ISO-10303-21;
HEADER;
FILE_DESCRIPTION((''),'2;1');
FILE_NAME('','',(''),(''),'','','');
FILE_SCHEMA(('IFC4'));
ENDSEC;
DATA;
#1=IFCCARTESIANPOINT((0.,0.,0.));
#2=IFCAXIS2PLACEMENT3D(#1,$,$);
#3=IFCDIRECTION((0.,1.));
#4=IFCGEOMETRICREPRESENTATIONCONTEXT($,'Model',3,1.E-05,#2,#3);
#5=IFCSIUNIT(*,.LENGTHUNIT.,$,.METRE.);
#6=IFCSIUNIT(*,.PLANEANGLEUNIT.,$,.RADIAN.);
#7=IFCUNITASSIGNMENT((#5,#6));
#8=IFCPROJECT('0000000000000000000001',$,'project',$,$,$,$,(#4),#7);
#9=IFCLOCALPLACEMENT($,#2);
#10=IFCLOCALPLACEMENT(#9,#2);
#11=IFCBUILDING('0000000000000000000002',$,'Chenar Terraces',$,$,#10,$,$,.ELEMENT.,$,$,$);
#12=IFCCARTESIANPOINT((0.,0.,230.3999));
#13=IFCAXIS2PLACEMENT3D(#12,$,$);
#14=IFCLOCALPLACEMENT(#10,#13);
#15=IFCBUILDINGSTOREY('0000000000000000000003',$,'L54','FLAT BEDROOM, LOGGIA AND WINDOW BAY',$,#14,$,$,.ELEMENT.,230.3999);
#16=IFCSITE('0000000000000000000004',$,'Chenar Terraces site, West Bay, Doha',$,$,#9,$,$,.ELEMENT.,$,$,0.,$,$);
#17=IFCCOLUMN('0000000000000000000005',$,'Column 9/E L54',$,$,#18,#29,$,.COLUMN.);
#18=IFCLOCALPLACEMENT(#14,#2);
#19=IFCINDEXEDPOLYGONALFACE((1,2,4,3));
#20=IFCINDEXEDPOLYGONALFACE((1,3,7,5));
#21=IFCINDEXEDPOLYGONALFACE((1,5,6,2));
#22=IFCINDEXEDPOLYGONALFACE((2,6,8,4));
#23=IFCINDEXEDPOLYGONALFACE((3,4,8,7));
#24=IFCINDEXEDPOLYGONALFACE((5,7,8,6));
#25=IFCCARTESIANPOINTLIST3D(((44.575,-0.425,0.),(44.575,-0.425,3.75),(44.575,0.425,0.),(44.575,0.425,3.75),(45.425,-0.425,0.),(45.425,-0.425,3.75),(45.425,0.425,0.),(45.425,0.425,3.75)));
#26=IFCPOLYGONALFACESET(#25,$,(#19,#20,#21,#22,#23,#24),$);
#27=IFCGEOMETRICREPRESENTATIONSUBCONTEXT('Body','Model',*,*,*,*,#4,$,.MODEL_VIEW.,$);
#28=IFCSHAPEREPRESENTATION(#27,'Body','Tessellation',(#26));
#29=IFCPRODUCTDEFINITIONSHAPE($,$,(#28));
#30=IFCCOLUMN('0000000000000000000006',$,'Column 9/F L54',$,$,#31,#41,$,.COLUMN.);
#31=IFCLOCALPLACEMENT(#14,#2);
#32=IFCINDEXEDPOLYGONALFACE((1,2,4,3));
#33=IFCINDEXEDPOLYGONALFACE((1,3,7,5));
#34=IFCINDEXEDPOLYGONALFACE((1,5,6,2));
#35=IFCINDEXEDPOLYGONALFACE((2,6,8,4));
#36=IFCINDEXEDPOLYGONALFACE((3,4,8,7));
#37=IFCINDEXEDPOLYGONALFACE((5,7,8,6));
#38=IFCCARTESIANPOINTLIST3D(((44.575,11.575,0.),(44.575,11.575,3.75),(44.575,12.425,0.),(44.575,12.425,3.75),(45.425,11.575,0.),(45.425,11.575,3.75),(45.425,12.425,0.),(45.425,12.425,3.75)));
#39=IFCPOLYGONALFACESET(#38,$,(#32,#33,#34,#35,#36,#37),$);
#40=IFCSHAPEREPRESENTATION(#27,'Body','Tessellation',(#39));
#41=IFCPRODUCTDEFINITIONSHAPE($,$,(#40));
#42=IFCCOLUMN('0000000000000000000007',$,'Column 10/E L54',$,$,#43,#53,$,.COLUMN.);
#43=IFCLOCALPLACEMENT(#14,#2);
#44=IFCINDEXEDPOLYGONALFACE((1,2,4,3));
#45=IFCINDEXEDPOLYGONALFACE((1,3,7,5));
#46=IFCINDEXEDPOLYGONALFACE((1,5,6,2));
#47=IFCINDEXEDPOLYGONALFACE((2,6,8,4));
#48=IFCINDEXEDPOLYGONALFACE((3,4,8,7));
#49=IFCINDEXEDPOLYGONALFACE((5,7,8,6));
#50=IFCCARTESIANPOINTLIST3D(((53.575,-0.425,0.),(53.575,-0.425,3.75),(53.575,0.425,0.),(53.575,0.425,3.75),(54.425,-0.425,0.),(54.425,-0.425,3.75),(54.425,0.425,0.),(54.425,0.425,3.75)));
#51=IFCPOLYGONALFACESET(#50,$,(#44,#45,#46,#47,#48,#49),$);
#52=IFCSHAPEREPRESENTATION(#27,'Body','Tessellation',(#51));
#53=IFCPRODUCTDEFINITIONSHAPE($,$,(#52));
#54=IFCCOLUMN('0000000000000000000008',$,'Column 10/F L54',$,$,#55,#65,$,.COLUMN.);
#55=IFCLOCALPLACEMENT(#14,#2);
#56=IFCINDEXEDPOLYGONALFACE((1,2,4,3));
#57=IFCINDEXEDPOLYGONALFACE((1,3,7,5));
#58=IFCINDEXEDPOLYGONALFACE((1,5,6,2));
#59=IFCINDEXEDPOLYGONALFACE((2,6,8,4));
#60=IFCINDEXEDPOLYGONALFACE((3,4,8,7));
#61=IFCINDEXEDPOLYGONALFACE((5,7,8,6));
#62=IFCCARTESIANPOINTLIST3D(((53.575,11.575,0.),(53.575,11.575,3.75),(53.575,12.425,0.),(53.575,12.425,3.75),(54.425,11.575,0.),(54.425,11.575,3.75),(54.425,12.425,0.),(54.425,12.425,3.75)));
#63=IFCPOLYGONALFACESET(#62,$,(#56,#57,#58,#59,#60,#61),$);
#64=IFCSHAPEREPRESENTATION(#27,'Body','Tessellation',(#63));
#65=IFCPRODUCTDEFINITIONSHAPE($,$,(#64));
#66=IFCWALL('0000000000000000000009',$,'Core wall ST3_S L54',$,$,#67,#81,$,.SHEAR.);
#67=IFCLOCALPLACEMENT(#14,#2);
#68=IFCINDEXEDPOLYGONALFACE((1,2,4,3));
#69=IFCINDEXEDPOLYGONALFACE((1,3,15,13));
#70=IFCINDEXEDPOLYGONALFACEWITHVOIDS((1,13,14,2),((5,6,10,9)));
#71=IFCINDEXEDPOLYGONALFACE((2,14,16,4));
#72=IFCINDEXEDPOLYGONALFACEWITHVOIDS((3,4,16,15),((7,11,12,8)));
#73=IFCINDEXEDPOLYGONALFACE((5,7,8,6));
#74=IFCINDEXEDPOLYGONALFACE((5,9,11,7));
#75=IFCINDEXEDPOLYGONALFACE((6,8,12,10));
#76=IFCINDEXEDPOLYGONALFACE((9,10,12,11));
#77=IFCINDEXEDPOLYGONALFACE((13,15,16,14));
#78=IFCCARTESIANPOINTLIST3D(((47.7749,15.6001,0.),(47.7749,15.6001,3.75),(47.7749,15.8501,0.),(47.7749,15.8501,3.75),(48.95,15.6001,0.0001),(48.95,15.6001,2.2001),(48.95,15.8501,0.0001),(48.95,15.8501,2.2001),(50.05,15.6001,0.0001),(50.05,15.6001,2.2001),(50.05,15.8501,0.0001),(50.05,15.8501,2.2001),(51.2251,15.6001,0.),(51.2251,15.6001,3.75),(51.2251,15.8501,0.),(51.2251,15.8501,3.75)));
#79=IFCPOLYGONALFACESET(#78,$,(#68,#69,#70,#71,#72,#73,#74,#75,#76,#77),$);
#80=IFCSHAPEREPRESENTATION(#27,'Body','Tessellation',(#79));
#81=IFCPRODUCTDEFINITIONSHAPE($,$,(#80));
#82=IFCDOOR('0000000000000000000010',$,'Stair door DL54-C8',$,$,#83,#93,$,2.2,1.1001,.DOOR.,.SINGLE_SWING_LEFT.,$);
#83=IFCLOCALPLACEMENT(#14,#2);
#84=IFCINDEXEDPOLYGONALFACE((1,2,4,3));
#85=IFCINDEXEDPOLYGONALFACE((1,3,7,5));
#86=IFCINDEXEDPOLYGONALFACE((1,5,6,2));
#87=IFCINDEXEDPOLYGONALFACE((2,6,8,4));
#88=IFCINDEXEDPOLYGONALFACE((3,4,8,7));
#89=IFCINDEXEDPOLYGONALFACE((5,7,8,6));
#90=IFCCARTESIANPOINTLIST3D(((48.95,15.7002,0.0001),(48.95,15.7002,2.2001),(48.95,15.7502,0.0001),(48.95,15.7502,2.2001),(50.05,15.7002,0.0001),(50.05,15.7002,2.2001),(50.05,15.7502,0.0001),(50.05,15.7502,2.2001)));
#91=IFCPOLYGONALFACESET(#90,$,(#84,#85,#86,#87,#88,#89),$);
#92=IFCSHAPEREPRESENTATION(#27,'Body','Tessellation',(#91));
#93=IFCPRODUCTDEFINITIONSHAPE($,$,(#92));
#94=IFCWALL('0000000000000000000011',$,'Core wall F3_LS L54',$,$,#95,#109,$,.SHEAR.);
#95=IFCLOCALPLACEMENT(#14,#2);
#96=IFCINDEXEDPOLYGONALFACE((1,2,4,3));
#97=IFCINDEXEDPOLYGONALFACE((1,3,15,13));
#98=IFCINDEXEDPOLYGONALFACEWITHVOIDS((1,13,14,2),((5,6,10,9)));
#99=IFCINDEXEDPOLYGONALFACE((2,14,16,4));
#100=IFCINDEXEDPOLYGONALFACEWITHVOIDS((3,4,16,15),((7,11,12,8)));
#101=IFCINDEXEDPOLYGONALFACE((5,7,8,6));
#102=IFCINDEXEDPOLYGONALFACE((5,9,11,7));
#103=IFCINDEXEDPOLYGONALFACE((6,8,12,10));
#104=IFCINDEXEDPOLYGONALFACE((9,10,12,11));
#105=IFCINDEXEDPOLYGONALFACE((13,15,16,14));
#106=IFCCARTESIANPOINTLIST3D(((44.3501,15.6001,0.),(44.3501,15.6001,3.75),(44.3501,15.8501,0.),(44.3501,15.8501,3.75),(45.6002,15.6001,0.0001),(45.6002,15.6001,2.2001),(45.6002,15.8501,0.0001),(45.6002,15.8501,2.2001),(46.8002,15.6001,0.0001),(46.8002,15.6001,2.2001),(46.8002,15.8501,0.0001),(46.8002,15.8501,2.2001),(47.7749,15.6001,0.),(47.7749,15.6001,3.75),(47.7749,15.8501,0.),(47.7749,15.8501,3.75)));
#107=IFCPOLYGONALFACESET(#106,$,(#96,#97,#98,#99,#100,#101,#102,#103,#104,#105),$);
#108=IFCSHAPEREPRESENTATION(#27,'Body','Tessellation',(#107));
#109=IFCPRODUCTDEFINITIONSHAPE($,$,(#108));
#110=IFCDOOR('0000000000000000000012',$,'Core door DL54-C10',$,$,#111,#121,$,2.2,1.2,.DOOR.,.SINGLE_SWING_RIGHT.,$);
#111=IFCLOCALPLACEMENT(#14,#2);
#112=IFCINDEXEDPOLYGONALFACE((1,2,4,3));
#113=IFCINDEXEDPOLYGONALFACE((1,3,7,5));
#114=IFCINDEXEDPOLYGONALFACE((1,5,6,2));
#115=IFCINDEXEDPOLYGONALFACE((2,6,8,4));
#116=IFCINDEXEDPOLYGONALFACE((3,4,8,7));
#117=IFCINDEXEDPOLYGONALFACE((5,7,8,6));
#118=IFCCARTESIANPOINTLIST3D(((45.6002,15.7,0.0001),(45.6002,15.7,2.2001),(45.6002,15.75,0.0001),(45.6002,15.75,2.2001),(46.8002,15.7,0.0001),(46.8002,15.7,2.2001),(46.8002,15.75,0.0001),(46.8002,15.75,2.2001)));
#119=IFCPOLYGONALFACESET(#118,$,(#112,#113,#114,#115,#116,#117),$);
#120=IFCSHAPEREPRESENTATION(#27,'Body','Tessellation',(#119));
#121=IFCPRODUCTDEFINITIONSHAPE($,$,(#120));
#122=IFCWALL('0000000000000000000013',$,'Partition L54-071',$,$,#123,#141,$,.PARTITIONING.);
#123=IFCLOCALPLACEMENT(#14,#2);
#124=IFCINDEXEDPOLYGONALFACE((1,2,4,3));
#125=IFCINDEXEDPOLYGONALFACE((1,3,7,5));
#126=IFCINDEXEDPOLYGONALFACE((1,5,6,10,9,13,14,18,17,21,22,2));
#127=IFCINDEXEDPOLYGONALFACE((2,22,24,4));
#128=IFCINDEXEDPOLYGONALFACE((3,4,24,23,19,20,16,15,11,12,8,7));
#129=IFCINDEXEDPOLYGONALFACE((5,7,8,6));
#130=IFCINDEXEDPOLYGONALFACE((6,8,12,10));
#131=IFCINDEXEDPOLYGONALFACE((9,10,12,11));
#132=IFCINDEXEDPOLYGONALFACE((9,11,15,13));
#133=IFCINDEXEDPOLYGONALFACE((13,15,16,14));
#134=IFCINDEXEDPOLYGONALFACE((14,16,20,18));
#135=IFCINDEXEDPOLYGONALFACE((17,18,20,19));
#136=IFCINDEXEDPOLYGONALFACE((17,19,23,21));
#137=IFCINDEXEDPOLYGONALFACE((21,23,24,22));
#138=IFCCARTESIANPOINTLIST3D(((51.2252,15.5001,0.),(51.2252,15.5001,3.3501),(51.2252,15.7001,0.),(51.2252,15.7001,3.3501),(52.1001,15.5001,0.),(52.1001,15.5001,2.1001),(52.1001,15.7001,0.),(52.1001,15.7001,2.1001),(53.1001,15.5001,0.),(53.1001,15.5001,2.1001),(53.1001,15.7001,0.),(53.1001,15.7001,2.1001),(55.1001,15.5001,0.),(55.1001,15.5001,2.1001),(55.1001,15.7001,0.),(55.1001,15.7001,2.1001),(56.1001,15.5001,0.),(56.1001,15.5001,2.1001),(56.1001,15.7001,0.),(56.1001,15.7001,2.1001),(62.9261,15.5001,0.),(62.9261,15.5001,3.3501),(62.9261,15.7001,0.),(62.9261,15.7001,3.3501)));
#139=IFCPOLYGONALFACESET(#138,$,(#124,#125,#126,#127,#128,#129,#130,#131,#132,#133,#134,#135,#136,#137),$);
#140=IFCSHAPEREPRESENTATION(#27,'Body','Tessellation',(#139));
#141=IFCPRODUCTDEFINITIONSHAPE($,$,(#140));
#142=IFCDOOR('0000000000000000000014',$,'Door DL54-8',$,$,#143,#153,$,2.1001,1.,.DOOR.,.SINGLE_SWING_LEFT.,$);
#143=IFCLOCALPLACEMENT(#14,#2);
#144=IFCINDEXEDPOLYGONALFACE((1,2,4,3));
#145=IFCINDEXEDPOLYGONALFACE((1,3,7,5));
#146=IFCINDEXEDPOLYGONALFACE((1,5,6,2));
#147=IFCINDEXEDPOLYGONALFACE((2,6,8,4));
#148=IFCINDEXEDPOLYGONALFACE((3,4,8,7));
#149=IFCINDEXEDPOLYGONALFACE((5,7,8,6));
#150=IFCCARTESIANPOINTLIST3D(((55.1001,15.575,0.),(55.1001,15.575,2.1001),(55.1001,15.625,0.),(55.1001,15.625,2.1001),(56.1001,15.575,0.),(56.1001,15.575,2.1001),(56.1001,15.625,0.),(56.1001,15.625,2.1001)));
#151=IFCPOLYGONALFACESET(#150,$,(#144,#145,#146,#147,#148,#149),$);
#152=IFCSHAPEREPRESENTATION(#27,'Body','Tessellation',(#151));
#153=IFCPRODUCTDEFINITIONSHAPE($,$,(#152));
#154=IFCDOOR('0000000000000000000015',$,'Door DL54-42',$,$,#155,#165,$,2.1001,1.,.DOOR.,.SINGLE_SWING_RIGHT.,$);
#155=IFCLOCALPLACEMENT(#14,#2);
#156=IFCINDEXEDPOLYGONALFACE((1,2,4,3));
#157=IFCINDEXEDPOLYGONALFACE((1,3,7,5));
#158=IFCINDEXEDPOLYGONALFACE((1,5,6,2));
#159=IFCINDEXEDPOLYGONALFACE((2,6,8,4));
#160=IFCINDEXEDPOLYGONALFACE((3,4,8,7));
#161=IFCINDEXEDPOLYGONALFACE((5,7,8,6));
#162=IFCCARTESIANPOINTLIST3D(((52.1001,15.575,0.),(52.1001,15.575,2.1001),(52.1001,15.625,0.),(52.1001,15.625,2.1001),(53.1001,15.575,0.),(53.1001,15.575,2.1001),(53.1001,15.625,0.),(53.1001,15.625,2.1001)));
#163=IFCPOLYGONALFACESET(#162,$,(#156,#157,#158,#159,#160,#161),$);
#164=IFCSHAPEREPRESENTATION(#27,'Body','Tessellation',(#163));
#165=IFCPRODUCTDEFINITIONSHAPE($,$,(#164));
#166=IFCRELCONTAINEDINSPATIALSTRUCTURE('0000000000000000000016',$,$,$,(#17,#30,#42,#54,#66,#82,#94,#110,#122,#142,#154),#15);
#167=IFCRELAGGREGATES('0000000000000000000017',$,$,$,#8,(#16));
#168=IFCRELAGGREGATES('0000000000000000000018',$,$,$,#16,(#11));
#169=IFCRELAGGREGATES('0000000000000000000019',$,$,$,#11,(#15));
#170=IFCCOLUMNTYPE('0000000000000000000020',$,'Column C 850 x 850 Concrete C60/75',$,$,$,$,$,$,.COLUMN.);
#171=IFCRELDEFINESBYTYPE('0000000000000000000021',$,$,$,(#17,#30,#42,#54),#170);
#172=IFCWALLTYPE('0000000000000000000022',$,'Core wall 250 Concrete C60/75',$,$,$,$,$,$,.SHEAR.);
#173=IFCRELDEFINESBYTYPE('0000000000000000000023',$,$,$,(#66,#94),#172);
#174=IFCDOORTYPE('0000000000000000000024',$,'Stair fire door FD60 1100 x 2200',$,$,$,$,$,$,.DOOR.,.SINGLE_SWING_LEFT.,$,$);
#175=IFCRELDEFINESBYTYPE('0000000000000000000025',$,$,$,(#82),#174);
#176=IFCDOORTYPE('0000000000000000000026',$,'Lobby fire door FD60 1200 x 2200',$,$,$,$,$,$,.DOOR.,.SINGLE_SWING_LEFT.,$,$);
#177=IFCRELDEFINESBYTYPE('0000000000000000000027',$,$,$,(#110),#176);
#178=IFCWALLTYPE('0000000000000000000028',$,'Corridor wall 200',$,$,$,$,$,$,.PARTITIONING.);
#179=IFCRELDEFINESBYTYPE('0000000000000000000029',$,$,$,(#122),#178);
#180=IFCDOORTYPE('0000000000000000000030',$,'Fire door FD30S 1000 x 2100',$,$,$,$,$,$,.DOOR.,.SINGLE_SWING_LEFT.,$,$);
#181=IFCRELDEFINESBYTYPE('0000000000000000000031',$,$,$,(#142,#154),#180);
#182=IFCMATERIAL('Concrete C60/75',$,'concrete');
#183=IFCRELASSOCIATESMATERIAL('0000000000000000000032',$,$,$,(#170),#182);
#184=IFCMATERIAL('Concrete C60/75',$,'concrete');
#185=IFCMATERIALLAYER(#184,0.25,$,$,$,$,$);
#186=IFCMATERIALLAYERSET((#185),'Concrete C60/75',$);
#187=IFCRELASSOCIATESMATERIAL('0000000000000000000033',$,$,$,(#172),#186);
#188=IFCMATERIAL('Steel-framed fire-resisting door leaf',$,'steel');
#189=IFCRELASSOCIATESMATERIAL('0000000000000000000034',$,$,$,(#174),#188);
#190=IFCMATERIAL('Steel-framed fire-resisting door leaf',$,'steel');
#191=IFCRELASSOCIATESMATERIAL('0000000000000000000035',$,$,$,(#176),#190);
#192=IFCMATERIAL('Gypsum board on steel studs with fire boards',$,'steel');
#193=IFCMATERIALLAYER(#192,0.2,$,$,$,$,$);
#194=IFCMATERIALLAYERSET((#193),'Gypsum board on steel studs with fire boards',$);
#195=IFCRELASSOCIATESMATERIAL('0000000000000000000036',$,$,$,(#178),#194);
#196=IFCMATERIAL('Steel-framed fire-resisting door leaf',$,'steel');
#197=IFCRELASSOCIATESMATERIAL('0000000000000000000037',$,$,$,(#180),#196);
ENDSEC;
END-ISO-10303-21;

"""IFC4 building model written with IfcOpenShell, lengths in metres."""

from ifc_helpers import new_model, si_unit, direction, frame, frame_2d, origin, origin_2d, place, context, subcontext, project, spatial, rectangle, extrude, material, layer, layer_set, material_profile, profile_set, type_object, element, fill, save


model = new_model("IFC4")

# Units and contexts
model_context = context("Model", 3, precision=1e-05, world=origin(), true_north=direction((0.0, 1.0)))
body_context = subcontext(model_context, "Body", "Model", "MODEL_VIEW")
ifc_project = project(units=[si_unit("LENGTHUNIT", "METRE"), si_unit("PLANEANGLEUNIT", "RADIAN")], contexts=[model_context])

# Site, building, storey
site_placement = place(None, origin())
site = spatial("IfcSite", under=ifc_project, at=site_placement, Name="Chenar Terraces site, West Bay, Doha", CompositionType="ELEMENT", RefElevation=0.0)
building_placement = place(site_placement, origin())
building = spatial("IfcBuilding", under=site, at=building_placement, Name="Chenar Terraces", CompositionType="ELEMENT")
storey_placement = place(building_placement, frame((0.0, 0.0, 230.3999)))
storey = spatial("IfcBuildingStorey", under=building, at=storey_placement, Name="L54", Description="FLAT BEDROOM, LOGGIA AND WINDOW BAY", CompositionType="ELEMENT", Elevation=230.3999)

# Columns
ifc_material_1 = material(Name="Concrete C60/75", Category="concrete")
ifc_material_profile = material_profile(ifc_material_1, rectangle(XDim=0.8501, YDim=0.8501, at=origin_2d()), Name="C 850 x 850")
ifc_profile_set = profile_set([ifc_material_profile], Name="Concrete C60/75")
column_type = type_object("IfcColumnType", Name="Column C 850 x 850 Concrete C60/75", PredefinedType="COLUMN", material=ifc_profile_set)
for number, where, z_axis, x_axis, name in (
    (1, (45.0, 0.0, 0.0), (0.0, 0.0, 1.0), (1.0, 0.0, 0.0), "Column 9/E L54"),
    (2, (45.0, 12.0, 0.0), (0.0, 0.0, 1.0), (1.0, 0.0, 0.0), "Column 9/F L54"),
    (3, (54.0, 0.0, 0.0), (0.0, 0.0, 1.0), (1.0, 0.0, 0.0), "Column 10/E L54"),
    (4, (54.0, 12.0, 0.0), (0.0, 0.0, 1.0), (1.0, 0.0, 0.0), "Column 10/F L54"),
):
    element("IfcColumn", number, at=place(storey_placement, frame(where, z_axis=z_axis, x_axis=x_axis)), inside=storey, type_object=column_type, Name=name, PredefinedType="COLUMN", context=body_context, shape_type="SweptSolid", body=[
        extrude(rectangle(XDim=0.8501, YDim=0.8501, at=origin_2d()), origin(), (0.0, 0.0, 1.0), 3.75),
    ])

# Walls, openings, doors
ifc_material_2 = material(Name="Concrete C60/75", Category="concrete")
ifc_layer_1 = layer(ifc_material_2, 0.25)
ifc_layer_set_1 = layer_set([ifc_layer_1], Name="Concrete C60/75")
wall_type_1 = type_object("IfcWallType", Name="Core wall 250 Concrete C60/75", PredefinedType="SHEAR", material=ifc_layer_set_1)
wall_1_placement = place(storey_placement, frame((47.7749, 15.7251, 0.0), z_axis=(0.0, 0.0, 1.0), x_axis=(1.0, 0.0, 0.0)))
wall_1 = element("IfcWall", 5, at=wall_1_placement, inside=storey, type_object=wall_type_1, Name="Core wall ST3_S L54", PredefinedType="SHEAR", context=body_context, shape_type="SweptSolid", body=[
    extrude(rectangle(XDim=3.4502, YDim=0.25, at=frame_2d((1.7251, 0.0))), origin(), (0.0, 0.0, 1.0), 3.75),
])
opening_1_placement = place(wall_1_placement, frame((1.175, 0.0, 0.0)))
opening_1 = element("IfcOpeningElement", 6, at=opening_1_placement, cuts=wall_1, PredefinedType="OPENING", context=body_context, shape_type="SweptSolid", body=[
    extrude(rectangle(XDim=1.1001, YDim=2.2, at=frame_2d((0.55, 1.1001))), frame((0.0, 0.135, 0.0), z_axis=(0.0, -1.0, 0.0), x_axis=(1.0, 0.0, 0.0)), (0.0, 0.0, 1.0), 0.27),
])
ifc_material_3 = material(Name="Steel-framed fire-resisting door leaf", Category="steel")
door_type_1 = type_object("IfcDoorType", Name="Stair fire door FD60 1100 x 2200", OperationType="SINGLE_SWING_LEFT", PredefinedType="DOOR", material=ifc_material_3)
door_1_placement = place(opening_1_placement, frame((1.1001, 0.0, 0.0), z_axis=(0.0, 0.0, 1.0), x_axis=(-1.0, 0.0, 0.0)))
door_1 = element("IfcDoor", 7, at=door_1_placement, inside=storey, type_object=door_type_1, Name="Stair door DL54-C8", OperationType="SINGLE_SWING_LEFT", OverallHeight=2.2, OverallWidth=1.1001, PredefinedType="DOOR", context=body_context, shape_type="SweptSolid", body=[
    extrude(rectangle(XDim=1.1001, YDim=2.2, at=frame_2d((0.55, 1.1001))), frame((0.0, 0.0249, 0.0), z_axis=(0.0, -1.0, 0.0), x_axis=(1.0, 0.0, 0.0)), (0.0, 0.0, 1.0), 0.05),
])
fill(opening_1, door_1)
wall_2_placement = place(storey_placement, frame((44.3501, 15.7251, 0.0), z_axis=(0.0, 0.0, 1.0), x_axis=(1.0, 0.0, 0.0)))
wall_2 = element("IfcWall", 8, at=wall_2_placement, inside=storey, type_object=wall_type_1, Name="Core wall F3_LS L54", PredefinedType="SHEAR", context=body_context, shape_type="SweptSolid", body=[
    extrude(rectangle(XDim=3.4248, YDim=0.25, at=frame_2d((1.7124, 0.0))), origin(), (0.0, 0.0, 1.0), 3.75),
])
opening_2_placement = place(wall_2_placement, frame((1.25, 0.0, 0.0)))
opening_2 = element("IfcOpeningElement", 9, at=opening_2_placement, cuts=wall_2, PredefinedType="OPENING", context=body_context, shape_type="SweptSolid", body=[
    extrude(rectangle(XDim=1.2, YDim=2.2, at=frame_2d((0.6001, 1.1001))), frame((0.0, 0.135, 0.0), z_axis=(0.0, -1.0, 0.0), x_axis=(1.0, 0.0, 0.0)), (0.0, 0.0, 1.0), 0.27),
])
ifc_material_4 = material(Name="Steel-framed fire-resisting door leaf", Category="steel")
door_type_2 = type_object("IfcDoorType", Name="Lobby fire door FD60 1200 x 2200", OperationType="SINGLE_SWING_LEFT", PredefinedType="DOOR", material=ifc_material_4)
door_2_placement = place(opening_2_placement, origin())
door_2 = element("IfcDoor", 10, at=door_2_placement, inside=storey, type_object=door_type_2, Name="Core door DL54-C10", OperationType="SINGLE_SWING_RIGHT", OverallHeight=2.2, OverallWidth=1.2, PredefinedType="DOOR", context=body_context, shape_type="SweptSolid", body=[
    extrude(rectangle(XDim=1.2, YDim=2.2, at=frame_2d((0.6001, 1.1001))), frame((0.0, 0.0249, 0.0), z_axis=(0.0, -1.0, 0.0), x_axis=(1.0, 0.0, 0.0)), (0.0, 0.0, 1.0), 0.05),
])
fill(opening_2, door_2)

# Wall, openings, doors
ifc_material_5 = material(Name="Gypsum board on steel studs with fire boards", Category="steel")
ifc_layer_2 = layer(ifc_material_5, 0.2)
ifc_layer_set_2 = layer_set([ifc_layer_2], Name="Gypsum board on steel studs with fire boards")
wall_type_2 = type_object("IfcWallType", Name="Corridor wall 200", PredefinedType="PARTITIONING", material=ifc_layer_set_2)
wall_3_placement = place(storey_placement, frame((51.2251, 15.6001, 0.0), z_axis=(0.0, 0.0, 1.0), x_axis=(1.0, 0.0, 0.0)))
wall_3 = element("IfcWall", 11, at=wall_3_placement, inside=storey, type_object=wall_type_2, Name="Partition L54-071", PredefinedType="PARTITIONING", context=body_context, shape_type="SweptSolid", body=[
    extrude(rectangle(XDim=11.7009, YDim=0.2, at=frame_2d((5.8506, 0.0))), origin(), (0.0, 0.0, 1.0), 3.3501),
])
opening_3_placement = place(wall_3_placement, frame((3.875, 0.0, 0.0)))
opening_3 = element("IfcOpeningElement", 12, at=opening_3_placement, cuts=wall_3, PredefinedType="OPENING", context=body_context, shape_type="SweptSolid", body=[
    extrude(rectangle(XDim=1.0, YDim=2.1001, at=frame_2d((0.5, 1.05))), frame((0.0, 0.1099, 0.0), z_axis=(0.0, -1.0, 0.0), x_axis=(1.0, 0.0, 0.0)), (0.0, 0.0, 1.0), 0.22),
])
opening_4_placement = place(wall_3_placement, frame((0.875, 0.0, 0.0)))
opening_4 = element("IfcOpeningElement", 13, at=opening_4_placement, cuts=wall_3, PredefinedType="OPENING", context=body_context, shape_type="SweptSolid", body=[
    extrude(rectangle(XDim=1.0, YDim=2.1001, at=frame_2d((0.5, 1.05))), frame((0.0, 0.1099, 0.0), z_axis=(0.0, -1.0, 0.0), x_axis=(1.0, 0.0, 0.0)), (0.0, 0.0, 1.0), 0.22),
])
ifc_material_6 = material(Name="Steel-framed fire-resisting door leaf", Category="steel")
door_type_3 = type_object("IfcDoorType", Name="Fire door FD30S 1000 x 2100", OperationType="SINGLE_SWING_LEFT", PredefinedType="DOOR", material=ifc_material_6)
door_3_placement = place(opening_3_placement, origin())
door_3 = element("IfcDoor", 14, at=door_3_placement, inside=storey, type_object=door_type_3, Name="Door DL54-8", OperationType="SINGLE_SWING_LEFT", OverallHeight=2.1001, OverallWidth=1.0, PredefinedType="DOOR", context=body_context, shape_type="SweptSolid", body=[
    extrude(rectangle(XDim=1.0, YDim=2.1001, at=frame_2d((0.5, 1.05))), frame((0.0, 0.0249, 0.0), z_axis=(0.0, -1.0, 0.0), x_axis=(1.0, 0.0, 0.0)), (0.0, 0.0, 1.0), 0.05),
])
fill(opening_3, door_3)
door_4_placement = place(opening_4_placement, origin())
door_4 = element("IfcDoor", 15, at=door_4_placement, inside=storey, type_object=door_type_3, Name="Door DL54-42", OperationType="SINGLE_SWING_RIGHT", OverallHeight=2.1001, OverallWidth=1.0, PredefinedType="DOOR", context=body_context, shape_type="SweptSolid", body=[
    extrude(rectangle(XDim=1.0, YDim=2.1001, at=frame_2d((0.5, 1.05))), frame((0.0, 0.0249, 0.0), z_axis=(0.0, -1.0, 0.0), x_axis=(1.0, 0.0, 0.0)), (0.0, 0.0, 1.0), 0.05),
])
fill(opening_4, door_4)

save(model, "model.ifc")
